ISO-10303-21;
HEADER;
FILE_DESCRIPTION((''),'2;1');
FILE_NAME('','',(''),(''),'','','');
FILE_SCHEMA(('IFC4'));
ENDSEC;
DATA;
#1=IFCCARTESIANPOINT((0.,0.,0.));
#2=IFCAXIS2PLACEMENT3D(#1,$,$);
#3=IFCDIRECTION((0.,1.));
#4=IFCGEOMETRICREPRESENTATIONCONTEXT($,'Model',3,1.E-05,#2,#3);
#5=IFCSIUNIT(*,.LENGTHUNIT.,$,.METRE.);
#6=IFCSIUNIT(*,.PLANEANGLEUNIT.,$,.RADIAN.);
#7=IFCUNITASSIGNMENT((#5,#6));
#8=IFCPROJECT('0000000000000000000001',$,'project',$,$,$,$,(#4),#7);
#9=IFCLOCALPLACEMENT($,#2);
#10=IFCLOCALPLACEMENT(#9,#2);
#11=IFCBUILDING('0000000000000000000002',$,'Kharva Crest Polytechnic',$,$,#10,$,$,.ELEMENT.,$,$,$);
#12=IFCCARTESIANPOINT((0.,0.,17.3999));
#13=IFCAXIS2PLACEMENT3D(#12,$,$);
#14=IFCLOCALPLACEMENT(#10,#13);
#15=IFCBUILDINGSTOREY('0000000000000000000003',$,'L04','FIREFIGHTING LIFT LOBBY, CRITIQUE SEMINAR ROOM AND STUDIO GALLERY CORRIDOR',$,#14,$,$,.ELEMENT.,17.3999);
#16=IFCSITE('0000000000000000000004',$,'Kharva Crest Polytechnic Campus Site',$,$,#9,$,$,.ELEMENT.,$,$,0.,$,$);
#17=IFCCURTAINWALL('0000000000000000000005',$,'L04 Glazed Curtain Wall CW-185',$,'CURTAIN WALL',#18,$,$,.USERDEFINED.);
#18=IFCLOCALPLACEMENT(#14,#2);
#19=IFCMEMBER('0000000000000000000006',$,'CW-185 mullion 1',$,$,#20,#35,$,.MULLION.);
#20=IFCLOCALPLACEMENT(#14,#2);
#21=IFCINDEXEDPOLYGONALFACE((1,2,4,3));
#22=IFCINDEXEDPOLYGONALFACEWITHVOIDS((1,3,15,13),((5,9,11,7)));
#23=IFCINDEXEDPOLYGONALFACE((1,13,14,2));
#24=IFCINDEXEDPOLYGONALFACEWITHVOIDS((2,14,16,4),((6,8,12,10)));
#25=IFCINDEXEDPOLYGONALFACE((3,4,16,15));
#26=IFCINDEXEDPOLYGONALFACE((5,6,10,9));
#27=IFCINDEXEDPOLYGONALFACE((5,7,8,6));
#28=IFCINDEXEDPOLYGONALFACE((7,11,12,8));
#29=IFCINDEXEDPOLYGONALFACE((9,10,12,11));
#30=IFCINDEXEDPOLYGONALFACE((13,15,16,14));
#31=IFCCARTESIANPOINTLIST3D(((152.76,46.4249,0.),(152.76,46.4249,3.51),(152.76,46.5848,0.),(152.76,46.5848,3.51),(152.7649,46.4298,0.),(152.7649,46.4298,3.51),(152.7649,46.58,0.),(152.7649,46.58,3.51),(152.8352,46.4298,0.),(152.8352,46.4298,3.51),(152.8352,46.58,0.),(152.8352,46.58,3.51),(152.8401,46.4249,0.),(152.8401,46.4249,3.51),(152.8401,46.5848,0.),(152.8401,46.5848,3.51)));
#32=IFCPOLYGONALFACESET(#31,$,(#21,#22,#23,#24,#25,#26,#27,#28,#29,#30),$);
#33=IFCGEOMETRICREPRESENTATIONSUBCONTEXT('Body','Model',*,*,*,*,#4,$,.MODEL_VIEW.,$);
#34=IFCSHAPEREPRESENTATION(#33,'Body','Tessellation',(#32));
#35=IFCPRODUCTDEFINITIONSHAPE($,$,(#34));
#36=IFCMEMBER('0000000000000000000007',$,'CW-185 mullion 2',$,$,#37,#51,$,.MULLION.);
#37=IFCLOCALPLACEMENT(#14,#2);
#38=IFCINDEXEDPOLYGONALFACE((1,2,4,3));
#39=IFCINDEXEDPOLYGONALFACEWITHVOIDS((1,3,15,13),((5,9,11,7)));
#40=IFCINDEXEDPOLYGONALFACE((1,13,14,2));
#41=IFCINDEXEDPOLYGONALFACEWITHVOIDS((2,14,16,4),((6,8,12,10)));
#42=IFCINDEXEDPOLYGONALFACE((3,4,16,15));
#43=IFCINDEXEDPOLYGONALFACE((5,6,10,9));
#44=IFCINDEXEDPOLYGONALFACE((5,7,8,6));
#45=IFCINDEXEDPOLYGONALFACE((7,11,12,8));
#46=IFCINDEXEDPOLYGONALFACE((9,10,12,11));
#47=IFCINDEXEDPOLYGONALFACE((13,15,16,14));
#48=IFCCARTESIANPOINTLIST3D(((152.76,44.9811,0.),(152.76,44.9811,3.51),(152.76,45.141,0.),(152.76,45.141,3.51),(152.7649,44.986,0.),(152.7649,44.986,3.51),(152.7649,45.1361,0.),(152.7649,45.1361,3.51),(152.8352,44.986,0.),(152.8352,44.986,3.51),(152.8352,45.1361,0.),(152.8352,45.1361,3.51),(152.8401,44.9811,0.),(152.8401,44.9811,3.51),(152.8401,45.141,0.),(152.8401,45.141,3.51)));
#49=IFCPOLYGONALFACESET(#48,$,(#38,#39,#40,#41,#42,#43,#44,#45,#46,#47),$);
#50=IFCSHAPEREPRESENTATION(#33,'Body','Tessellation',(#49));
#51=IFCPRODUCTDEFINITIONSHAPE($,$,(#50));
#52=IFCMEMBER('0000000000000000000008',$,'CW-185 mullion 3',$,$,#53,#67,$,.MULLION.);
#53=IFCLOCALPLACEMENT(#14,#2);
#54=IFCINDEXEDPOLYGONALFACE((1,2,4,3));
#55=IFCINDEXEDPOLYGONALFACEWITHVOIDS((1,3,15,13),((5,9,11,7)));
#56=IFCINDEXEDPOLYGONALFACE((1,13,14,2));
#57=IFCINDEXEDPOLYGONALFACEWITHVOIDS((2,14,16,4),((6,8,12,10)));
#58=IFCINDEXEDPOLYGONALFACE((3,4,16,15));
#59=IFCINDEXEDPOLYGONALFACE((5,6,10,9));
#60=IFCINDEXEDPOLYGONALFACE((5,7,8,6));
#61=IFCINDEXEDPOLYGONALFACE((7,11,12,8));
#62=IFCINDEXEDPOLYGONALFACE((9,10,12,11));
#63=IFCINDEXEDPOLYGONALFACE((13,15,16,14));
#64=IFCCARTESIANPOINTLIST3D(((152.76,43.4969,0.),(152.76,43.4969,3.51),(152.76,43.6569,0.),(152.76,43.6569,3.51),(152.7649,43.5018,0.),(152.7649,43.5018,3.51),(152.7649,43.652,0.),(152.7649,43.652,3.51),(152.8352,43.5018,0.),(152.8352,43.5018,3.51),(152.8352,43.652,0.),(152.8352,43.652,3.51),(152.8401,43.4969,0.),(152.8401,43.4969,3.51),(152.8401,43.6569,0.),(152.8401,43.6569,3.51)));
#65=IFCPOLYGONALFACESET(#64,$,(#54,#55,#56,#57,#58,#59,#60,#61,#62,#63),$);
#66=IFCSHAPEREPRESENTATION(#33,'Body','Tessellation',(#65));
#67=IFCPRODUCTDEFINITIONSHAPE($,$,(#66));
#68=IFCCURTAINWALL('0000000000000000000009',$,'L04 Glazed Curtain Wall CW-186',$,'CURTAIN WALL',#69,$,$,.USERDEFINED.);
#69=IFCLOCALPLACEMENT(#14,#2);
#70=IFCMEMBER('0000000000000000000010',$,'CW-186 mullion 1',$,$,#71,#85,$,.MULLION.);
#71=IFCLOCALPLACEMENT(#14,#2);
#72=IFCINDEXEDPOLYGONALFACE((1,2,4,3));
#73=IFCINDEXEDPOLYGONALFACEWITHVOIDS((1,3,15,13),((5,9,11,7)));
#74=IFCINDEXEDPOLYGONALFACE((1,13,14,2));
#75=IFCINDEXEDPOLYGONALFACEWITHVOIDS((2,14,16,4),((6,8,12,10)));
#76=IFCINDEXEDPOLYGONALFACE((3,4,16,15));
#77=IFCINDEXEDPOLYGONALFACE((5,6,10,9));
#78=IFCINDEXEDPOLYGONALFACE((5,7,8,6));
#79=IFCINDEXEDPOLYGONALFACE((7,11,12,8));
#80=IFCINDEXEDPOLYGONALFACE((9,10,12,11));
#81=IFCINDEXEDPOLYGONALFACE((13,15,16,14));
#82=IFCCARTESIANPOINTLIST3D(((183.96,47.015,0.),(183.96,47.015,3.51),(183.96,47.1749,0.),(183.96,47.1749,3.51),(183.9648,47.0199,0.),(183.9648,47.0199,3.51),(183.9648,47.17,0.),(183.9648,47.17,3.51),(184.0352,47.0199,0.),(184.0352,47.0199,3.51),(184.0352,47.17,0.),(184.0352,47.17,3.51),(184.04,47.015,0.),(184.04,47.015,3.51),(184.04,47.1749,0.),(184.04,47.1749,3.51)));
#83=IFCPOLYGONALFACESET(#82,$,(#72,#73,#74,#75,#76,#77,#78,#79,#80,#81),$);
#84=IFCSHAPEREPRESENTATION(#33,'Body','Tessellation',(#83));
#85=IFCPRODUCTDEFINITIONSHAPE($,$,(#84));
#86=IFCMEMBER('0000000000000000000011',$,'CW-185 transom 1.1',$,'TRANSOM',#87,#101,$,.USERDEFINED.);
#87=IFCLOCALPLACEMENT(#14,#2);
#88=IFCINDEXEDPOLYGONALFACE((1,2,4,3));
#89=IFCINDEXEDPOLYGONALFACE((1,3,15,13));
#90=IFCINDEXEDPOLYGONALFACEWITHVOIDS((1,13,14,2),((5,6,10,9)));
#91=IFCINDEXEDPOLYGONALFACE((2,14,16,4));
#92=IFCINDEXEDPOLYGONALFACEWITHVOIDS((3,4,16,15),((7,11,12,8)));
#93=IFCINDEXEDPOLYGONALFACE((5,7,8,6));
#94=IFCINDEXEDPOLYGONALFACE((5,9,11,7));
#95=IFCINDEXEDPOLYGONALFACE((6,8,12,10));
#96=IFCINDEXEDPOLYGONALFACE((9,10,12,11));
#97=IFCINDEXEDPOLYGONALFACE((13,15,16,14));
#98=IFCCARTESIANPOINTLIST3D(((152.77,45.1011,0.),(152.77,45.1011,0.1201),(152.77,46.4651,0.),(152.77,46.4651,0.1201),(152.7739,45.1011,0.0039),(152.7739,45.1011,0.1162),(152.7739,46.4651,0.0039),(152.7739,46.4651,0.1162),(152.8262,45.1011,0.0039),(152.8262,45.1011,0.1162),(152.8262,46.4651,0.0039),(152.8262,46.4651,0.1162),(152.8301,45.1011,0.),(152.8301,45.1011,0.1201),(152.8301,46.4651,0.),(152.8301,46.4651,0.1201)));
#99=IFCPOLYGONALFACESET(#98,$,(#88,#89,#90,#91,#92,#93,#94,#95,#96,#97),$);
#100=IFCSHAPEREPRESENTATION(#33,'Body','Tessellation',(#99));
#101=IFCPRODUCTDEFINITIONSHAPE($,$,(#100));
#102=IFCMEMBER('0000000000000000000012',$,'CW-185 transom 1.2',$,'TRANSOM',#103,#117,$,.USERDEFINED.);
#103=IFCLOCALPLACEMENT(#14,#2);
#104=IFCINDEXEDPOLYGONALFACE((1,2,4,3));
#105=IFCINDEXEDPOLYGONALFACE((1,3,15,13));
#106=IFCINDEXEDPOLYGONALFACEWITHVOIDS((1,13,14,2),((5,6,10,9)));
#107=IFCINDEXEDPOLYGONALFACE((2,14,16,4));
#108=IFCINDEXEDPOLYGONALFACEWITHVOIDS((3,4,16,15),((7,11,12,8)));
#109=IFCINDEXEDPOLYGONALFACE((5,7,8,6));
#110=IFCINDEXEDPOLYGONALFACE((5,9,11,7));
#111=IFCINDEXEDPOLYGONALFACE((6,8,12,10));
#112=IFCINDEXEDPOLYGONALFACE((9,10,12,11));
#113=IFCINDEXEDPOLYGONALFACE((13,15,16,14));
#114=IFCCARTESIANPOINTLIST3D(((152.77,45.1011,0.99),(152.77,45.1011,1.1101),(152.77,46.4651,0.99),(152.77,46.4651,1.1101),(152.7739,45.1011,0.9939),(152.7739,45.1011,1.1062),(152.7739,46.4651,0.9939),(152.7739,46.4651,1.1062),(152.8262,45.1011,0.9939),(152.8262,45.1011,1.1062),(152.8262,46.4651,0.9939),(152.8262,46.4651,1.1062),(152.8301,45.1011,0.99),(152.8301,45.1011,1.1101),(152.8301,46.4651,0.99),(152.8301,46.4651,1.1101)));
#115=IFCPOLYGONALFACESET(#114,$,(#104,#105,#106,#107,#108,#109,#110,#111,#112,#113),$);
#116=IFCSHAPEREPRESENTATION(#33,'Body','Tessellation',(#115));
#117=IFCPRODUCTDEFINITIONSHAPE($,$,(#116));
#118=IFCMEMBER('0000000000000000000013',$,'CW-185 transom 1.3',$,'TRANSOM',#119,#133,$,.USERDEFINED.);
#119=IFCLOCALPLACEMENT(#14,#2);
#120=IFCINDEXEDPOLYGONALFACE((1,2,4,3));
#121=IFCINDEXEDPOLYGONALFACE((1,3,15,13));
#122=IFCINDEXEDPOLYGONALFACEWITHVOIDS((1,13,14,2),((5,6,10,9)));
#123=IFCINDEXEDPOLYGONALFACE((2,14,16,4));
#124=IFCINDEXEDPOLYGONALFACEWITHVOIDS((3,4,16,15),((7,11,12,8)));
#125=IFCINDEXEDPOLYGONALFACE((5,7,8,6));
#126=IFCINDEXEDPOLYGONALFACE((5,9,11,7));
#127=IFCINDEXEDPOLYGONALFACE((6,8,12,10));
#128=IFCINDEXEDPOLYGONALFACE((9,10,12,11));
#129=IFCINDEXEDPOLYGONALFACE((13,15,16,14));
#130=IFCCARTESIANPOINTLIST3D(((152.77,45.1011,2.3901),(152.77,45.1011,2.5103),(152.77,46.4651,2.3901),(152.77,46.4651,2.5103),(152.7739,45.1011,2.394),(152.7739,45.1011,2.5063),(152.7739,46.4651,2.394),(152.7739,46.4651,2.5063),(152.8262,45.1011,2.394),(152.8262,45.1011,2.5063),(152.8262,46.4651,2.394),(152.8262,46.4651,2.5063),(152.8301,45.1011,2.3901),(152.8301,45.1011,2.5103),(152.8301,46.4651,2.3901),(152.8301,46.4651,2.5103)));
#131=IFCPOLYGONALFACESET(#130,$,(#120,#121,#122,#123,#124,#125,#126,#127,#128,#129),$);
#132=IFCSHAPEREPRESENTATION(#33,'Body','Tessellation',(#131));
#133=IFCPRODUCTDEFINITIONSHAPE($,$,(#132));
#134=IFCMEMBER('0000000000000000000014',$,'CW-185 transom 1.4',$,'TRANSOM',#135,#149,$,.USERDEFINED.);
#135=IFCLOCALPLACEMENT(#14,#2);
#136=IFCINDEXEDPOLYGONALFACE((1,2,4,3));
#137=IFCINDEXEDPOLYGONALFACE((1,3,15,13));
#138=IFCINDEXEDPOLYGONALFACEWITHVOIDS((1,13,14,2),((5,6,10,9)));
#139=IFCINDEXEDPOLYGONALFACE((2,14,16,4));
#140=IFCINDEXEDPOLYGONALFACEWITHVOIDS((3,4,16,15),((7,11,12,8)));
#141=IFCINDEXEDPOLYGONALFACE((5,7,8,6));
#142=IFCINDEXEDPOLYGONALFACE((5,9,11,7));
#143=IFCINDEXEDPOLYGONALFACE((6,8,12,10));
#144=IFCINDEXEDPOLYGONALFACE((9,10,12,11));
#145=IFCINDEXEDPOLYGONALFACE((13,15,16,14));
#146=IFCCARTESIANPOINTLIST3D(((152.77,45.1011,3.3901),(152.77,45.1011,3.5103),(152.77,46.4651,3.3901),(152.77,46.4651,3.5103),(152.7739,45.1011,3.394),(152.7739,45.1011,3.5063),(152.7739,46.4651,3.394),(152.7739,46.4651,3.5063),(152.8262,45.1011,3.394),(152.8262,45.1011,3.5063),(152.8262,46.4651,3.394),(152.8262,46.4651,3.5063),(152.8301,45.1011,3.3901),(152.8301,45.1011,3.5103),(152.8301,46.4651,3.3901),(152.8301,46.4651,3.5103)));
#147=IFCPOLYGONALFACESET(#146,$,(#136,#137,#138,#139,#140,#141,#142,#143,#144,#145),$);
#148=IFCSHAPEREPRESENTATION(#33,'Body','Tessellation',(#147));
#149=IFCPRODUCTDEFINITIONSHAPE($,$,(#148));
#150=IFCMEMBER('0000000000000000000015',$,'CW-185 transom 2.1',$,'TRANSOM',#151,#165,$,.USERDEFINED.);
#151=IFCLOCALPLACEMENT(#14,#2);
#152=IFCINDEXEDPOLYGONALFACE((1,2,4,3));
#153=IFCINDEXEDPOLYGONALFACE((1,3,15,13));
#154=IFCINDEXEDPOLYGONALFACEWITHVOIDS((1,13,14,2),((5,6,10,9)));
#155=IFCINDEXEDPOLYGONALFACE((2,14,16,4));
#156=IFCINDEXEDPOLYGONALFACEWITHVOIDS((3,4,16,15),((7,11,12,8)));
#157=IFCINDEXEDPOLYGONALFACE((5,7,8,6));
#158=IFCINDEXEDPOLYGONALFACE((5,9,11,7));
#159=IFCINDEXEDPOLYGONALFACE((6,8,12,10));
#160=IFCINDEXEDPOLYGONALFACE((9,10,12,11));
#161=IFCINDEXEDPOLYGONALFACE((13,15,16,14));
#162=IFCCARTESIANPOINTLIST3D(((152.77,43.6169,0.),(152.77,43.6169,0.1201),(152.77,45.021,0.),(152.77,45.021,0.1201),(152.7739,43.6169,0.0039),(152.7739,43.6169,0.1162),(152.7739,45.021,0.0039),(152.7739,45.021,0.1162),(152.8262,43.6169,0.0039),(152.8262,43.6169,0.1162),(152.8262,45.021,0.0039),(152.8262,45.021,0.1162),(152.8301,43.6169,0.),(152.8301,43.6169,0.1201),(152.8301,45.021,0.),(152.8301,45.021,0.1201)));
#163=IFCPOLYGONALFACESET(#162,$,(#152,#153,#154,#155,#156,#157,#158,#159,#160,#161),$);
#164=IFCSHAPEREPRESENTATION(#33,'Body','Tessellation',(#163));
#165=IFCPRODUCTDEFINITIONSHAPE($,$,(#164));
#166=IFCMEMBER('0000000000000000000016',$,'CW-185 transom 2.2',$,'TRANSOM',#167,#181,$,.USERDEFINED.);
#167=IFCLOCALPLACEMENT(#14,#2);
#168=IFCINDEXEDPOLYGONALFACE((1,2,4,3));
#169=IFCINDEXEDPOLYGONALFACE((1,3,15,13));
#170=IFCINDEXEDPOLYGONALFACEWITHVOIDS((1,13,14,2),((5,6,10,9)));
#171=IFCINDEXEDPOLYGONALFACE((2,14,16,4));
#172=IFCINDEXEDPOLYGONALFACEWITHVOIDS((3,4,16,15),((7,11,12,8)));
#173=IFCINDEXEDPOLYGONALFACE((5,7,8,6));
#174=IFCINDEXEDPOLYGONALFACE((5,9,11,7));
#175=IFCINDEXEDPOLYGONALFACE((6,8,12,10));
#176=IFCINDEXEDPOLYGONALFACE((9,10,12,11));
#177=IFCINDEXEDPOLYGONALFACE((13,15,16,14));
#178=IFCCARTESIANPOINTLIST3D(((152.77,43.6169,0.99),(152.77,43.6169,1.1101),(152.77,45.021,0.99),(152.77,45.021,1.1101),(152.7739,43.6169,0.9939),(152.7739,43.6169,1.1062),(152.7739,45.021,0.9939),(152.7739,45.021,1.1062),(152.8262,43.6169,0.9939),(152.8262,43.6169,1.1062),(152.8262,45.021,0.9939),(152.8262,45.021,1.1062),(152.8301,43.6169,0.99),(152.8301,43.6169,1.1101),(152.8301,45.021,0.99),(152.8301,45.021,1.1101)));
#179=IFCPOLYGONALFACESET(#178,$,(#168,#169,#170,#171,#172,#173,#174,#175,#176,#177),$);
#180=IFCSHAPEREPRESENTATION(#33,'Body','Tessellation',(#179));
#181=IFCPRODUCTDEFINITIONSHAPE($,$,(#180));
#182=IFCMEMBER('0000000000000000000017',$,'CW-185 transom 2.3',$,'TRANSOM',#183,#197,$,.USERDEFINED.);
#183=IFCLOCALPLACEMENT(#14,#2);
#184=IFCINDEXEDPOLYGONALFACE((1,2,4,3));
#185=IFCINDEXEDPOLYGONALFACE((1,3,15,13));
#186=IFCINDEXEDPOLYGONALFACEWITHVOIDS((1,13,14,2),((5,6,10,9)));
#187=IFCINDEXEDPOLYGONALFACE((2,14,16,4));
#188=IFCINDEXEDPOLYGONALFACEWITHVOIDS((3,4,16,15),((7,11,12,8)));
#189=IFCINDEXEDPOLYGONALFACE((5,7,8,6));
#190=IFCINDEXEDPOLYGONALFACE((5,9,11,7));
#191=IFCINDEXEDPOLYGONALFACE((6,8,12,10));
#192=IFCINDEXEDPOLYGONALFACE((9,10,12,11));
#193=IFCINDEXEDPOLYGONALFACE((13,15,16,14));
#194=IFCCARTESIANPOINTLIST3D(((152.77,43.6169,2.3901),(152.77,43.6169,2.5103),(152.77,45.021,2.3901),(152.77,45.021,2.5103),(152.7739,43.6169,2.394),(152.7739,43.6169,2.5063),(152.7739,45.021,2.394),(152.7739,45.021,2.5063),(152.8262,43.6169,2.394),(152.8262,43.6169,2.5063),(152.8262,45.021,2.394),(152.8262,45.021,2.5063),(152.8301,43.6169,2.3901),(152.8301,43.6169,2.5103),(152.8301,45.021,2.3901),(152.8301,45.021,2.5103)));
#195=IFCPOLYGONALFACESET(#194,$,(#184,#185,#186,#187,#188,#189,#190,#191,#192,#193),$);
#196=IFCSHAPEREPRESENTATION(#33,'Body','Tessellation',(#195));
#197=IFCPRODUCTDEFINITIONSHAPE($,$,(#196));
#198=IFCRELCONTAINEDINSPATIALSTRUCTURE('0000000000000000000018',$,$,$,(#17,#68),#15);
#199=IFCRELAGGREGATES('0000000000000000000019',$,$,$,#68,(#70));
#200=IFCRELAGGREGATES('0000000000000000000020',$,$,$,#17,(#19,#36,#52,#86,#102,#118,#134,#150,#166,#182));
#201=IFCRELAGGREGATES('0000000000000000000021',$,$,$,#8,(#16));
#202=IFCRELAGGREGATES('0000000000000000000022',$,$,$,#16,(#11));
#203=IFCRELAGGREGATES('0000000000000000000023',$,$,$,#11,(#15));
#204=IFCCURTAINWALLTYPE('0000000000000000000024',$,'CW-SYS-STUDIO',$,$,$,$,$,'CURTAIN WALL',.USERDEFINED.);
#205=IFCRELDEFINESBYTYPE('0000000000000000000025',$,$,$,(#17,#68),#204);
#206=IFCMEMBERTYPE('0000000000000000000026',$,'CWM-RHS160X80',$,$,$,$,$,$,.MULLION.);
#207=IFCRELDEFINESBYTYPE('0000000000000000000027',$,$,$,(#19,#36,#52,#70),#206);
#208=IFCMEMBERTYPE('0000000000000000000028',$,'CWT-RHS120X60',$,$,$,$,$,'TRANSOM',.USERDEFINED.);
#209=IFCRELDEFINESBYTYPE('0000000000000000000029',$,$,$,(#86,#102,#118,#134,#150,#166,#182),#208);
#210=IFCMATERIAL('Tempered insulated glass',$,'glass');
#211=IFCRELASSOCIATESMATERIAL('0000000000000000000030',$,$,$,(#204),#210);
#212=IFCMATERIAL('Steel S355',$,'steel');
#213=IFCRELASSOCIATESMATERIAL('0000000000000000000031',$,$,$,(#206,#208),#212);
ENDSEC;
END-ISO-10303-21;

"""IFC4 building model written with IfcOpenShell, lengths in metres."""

from ifc_helpers import new_model, si_unit, direction, frame, origin, origin_2d, place, context, subcontext, project, spatial, hollow_rectangle, extrude, material, material_profile, profile_set, type_object, element, aggregate, save


model = new_model("IFC4")

# Units and contexts
model_context = context("Model", 3, precision=1e-05, world=origin(), true_north=direction((0.0, 1.0)))
body_context = subcontext(model_context, "Body", "Model", "MODEL_VIEW")
ifc_project = project(units=[si_unit("LENGTHUNIT", "METRE"), si_unit("PLANEANGLEUNIT", "RADIAN")], contexts=[model_context])

# Site, building, storey
site_placement = place(None, origin())
site = spatial("IfcSite", under=ifc_project, at=site_placement, Name="Kharva Crest Polytechnic Campus Site", CompositionType="ELEMENT", RefElevation=0.0)
building_placement = place(site_placement, origin())
building = spatial("IfcBuilding", under=site, at=building_placement, Name="Kharva Crest Polytechnic", CompositionType="ELEMENT")
storey_placement = place(building_placement, frame((0.0, 0.0, 17.3999)))
storey = spatial("IfcBuildingStorey", under=building, at=storey_placement, Name="L04", Description="FIREFIGHTING LIFT LOBBY, CRITIQUE SEMINAR ROOM AND STUDIO GALLERY CORRIDOR", CompositionType="ELEMENT", Elevation=17.3999)

# Curtain wall, members
ifc_material_1 = material(Name="Tempered insulated glass", Category="glass")
curtain_wall_type = type_object("IfcCurtainWallType", Name="CW-SYS-STUDIO", ElementType="CURTAIN WALL", PredefinedType="USERDEFINED", material=ifc_material_1)
curtain_wall_1_placement = place(storey_placement, origin())
curtain_wall_1 = element("IfcCurtainWall", 1, at=curtain_wall_1_placement, inside=storey, type_object=curtain_wall_type, Name="L04 Glazed Curtain Wall CW-185", ObjectType="CURTAIN WALL", PredefinedType="USERDEFINED")
ifc_material_2 = material(Name="Steel S355", Category="steel")
ifc_material_profile_1 = material_profile(ifc_material_2, hollow_rectangle(XDim=0.0801, YDim=0.1599, WallThickness=0.0049, at=origin_2d()), Name="RHS 160X80X5.0")
ifc_profile_set_1 = profile_set([ifc_material_profile_1], Name="Steel S355")
member_type_1 = type_object("IfcMemberType", Name="CWM-RHS160X80", PredefinedType="MULLION", material=ifc_profile_set_1)
member_1_placement = place(storey_placement, frame((152.8, 46.5049, 0.0), z_axis=(0.0, 0.0, 1.0), x_axis=(1.0, 0.0, 0.0)))
member_1 = element("IfcMember", 2, at=member_1_placement, type_object=member_type_1, Name="CW-185 mullion 1", PredefinedType="MULLION", context=body_context, shape_type="SweptSolid", body=[
    extrude(hollow_rectangle(XDim=0.0801, YDim=0.1599, WallThickness=0.0049, at=origin_2d()), origin(), (0.0, 0.0, 1.0), 3.51),
])
member_2_placement = place(storey_placement, frame((152.8, 45.061, 0.0), z_axis=(0.0, 0.0, 1.0), x_axis=(1.0, 0.0, 0.0)))
member_2 = element("IfcMember", 3, at=member_2_placement, type_object=member_type_1, Name="CW-185 mullion 2", PredefinedType="MULLION", context=body_context, shape_type="SweptSolid", body=[
    extrude(hollow_rectangle(XDim=0.0801, YDim=0.1599, WallThickness=0.0049, at=origin_2d()), origin(), (0.0, 0.0, 1.0), 3.51),
])
member_3_placement = place(storey_placement, frame((152.8, 43.5769, 0.0), z_axis=(0.0, 0.0, 1.0), x_axis=(1.0, 0.0, 0.0)))
member_3 = element("IfcMember", 4, at=member_3_placement, type_object=member_type_1, Name="CW-185 mullion 3", PredefinedType="MULLION", context=body_context, shape_type="SweptSolid", body=[
    extrude(hollow_rectangle(XDim=0.0801, YDim=0.1599, WallThickness=0.0049, at=origin_2d()), origin(), (0.0, 0.0, 1.0), 3.51),
])

# Curtain wall, member
curtain_wall_2_placement = place(storey_placement, origin())
curtain_wall_2 = element("IfcCurtainWall", 5, at=curtain_wall_2_placement, inside=storey, type_object=curtain_wall_type, Name="L04 Glazed Curtain Wall CW-186", ObjectType="CURTAIN WALL", PredefinedType="USERDEFINED")
member_4_placement = place(storey_placement, frame((184.0, 47.095, 0.0), z_axis=(0.0, 0.0, 1.0), x_axis=(-1.0, 0.0, 0.0)))
member_4 = element("IfcMember", 6, at=member_4_placement, type_object=member_type_1, Name="CW-186 mullion 1", PredefinedType="MULLION", context=body_context, shape_type="SweptSolid", body=[
    extrude(hollow_rectangle(XDim=0.0801, YDim=0.1599, WallThickness=0.0049, at=origin_2d()), origin(), (0.0, 0.0, 1.0), 3.51),
])
aggregate(curtain_wall_2, [member_4])

# Members
ifc_material_profile_2 = material_profile(ifc_material_2, hollow_rectangle(XDim=0.0601, YDim=0.1201, WallThickness=0.0039, at=origin_2d()), Name="RHS 120X60X4.0")
ifc_profile_set_2 = profile_set([ifc_material_profile_2], Name="Steel S355")
member_type_2 = type_object("IfcMemberType", Name="CWT-RHS120X60", ElementType="TRANSOM", PredefinedType="USERDEFINED", material=ifc_profile_set_2)
member_5_placement = place(storey_placement, frame((152.8, 46.4651, 0.0601), z_axis=(0.0, -1.0, 0.0), x_axis=(1.0, 0.0, 0.0)))
member_5 = element("IfcMember", 7, at=member_5_placement, type_object=member_type_2, Name="CW-185 transom 1.1", ObjectType="TRANSOM", PredefinedType="USERDEFINED", context=body_context, shape_type="SweptSolid", body=[
    extrude(hollow_rectangle(XDim=0.0601, YDim=0.1201, WallThickness=0.0039, at=origin_2d()), origin(), (0.0, 0.0, 1.0), 1.364),
])
member_6_placement = place(storey_placement, frame((152.8, 46.4651, 1.05), z_axis=(0.0, -1.0, 0.0), x_axis=(1.0, 0.0, 0.0)))
member_6 = element("IfcMember", 8, at=member_6_placement, type_object=member_type_2, Name="CW-185 transom 1.2", ObjectType="TRANSOM", PredefinedType="USERDEFINED", context=body_context, shape_type="SweptSolid", body=[
    extrude(hollow_rectangle(XDim=0.0601, YDim=0.1201, WallThickness=0.0039, at=origin_2d()), origin(), (0.0, 0.0, 1.0), 1.364),
])
member_7_placement = place(storey_placement, frame((152.8, 46.4651, 2.4502), z_axis=(0.0, -1.0, 0.0), x_axis=(1.0, 0.0, 0.0)))
member_7 = element("IfcMember", 9, at=member_7_placement, type_object=member_type_2, Name="CW-185 transom 1.3", ObjectType="TRANSOM", PredefinedType="USERDEFINED", context=body_context, shape_type="SweptSolid", body=[
    extrude(hollow_rectangle(XDim=0.0601, YDim=0.1201, WallThickness=0.0039, at=origin_2d()), origin(), (0.0, 0.0, 1.0), 1.364),
])
member_8_placement = place(storey_placement, frame((152.8, 46.4651, 3.4502), z_axis=(0.0, -1.0, 0.0), x_axis=(1.0, 0.0, 0.0)))
member_8 = element("IfcMember", 10, at=member_8_placement, type_object=member_type_2, Name="CW-185 transom 1.4", ObjectType="TRANSOM", PredefinedType="USERDEFINED", context=body_context, shape_type="SweptSolid", body=[
    extrude(hollow_rectangle(XDim=0.0601, YDim=0.1201, WallThickness=0.0039, at=origin_2d()), origin(), (0.0, 0.0, 1.0), 1.364),
])
member_9_placement = place(storey_placement, frame((152.8, 45.021, 0.0601), z_axis=(0.0, -1.0, 0.0), x_axis=(1.0, 0.0, 0.0)))
member_9 = element("IfcMember", 11, at=member_9_placement, type_object=member_type_2, Name="CW-185 transom 2.1", ObjectType="TRANSOM", PredefinedType="USERDEFINED", context=body_context, shape_type="SweptSolid", body=[
    extrude(hollow_rectangle(XDim=0.0601, YDim=0.1201, WallThickness=0.0039, at=origin_2d()), origin(), (0.0, 0.0, 1.0), 1.4041),
])
member_10_placement = place(storey_placement, frame((152.8, 45.021, 1.05), z_axis=(0.0, -1.0, 0.0), x_axis=(1.0, 0.0, 0.0)))
member_10 = element("IfcMember", 12, at=member_10_placement, type_object=member_type_2, Name="CW-185 transom 2.2", ObjectType="TRANSOM", PredefinedType="USERDEFINED", context=body_context, shape_type="SweptSolid", body=[
    extrude(hollow_rectangle(XDim=0.0601, YDim=0.1201, WallThickness=0.0039, at=origin_2d()), origin(), (0.0, 0.0, 1.0), 1.4041),
])
member_11_placement = place(storey_placement, frame((152.8, 45.021, 2.4502), z_axis=(0.0, -1.0, 0.0), x_axis=(1.0, 0.0, 0.0)))
member_11 = element("IfcMember", 13, at=member_11_placement, type_object=member_type_2, Name="CW-185 transom 2.3", ObjectType="TRANSOM", PredefinedType="USERDEFINED", context=body_context, shape_type="SweptSolid", body=[
    extrude(hollow_rectangle(XDim=0.0601, YDim=0.1201, WallThickness=0.0039, at=origin_2d()), origin(), (0.0, 0.0, 1.0), 1.4041),
])

aggregate(curtain_wall_1, [member_1, member_2, member_3, member_5, member_6, member_7, member_8, member_9, member_10, member_11])

save(model, "model.ifc")
